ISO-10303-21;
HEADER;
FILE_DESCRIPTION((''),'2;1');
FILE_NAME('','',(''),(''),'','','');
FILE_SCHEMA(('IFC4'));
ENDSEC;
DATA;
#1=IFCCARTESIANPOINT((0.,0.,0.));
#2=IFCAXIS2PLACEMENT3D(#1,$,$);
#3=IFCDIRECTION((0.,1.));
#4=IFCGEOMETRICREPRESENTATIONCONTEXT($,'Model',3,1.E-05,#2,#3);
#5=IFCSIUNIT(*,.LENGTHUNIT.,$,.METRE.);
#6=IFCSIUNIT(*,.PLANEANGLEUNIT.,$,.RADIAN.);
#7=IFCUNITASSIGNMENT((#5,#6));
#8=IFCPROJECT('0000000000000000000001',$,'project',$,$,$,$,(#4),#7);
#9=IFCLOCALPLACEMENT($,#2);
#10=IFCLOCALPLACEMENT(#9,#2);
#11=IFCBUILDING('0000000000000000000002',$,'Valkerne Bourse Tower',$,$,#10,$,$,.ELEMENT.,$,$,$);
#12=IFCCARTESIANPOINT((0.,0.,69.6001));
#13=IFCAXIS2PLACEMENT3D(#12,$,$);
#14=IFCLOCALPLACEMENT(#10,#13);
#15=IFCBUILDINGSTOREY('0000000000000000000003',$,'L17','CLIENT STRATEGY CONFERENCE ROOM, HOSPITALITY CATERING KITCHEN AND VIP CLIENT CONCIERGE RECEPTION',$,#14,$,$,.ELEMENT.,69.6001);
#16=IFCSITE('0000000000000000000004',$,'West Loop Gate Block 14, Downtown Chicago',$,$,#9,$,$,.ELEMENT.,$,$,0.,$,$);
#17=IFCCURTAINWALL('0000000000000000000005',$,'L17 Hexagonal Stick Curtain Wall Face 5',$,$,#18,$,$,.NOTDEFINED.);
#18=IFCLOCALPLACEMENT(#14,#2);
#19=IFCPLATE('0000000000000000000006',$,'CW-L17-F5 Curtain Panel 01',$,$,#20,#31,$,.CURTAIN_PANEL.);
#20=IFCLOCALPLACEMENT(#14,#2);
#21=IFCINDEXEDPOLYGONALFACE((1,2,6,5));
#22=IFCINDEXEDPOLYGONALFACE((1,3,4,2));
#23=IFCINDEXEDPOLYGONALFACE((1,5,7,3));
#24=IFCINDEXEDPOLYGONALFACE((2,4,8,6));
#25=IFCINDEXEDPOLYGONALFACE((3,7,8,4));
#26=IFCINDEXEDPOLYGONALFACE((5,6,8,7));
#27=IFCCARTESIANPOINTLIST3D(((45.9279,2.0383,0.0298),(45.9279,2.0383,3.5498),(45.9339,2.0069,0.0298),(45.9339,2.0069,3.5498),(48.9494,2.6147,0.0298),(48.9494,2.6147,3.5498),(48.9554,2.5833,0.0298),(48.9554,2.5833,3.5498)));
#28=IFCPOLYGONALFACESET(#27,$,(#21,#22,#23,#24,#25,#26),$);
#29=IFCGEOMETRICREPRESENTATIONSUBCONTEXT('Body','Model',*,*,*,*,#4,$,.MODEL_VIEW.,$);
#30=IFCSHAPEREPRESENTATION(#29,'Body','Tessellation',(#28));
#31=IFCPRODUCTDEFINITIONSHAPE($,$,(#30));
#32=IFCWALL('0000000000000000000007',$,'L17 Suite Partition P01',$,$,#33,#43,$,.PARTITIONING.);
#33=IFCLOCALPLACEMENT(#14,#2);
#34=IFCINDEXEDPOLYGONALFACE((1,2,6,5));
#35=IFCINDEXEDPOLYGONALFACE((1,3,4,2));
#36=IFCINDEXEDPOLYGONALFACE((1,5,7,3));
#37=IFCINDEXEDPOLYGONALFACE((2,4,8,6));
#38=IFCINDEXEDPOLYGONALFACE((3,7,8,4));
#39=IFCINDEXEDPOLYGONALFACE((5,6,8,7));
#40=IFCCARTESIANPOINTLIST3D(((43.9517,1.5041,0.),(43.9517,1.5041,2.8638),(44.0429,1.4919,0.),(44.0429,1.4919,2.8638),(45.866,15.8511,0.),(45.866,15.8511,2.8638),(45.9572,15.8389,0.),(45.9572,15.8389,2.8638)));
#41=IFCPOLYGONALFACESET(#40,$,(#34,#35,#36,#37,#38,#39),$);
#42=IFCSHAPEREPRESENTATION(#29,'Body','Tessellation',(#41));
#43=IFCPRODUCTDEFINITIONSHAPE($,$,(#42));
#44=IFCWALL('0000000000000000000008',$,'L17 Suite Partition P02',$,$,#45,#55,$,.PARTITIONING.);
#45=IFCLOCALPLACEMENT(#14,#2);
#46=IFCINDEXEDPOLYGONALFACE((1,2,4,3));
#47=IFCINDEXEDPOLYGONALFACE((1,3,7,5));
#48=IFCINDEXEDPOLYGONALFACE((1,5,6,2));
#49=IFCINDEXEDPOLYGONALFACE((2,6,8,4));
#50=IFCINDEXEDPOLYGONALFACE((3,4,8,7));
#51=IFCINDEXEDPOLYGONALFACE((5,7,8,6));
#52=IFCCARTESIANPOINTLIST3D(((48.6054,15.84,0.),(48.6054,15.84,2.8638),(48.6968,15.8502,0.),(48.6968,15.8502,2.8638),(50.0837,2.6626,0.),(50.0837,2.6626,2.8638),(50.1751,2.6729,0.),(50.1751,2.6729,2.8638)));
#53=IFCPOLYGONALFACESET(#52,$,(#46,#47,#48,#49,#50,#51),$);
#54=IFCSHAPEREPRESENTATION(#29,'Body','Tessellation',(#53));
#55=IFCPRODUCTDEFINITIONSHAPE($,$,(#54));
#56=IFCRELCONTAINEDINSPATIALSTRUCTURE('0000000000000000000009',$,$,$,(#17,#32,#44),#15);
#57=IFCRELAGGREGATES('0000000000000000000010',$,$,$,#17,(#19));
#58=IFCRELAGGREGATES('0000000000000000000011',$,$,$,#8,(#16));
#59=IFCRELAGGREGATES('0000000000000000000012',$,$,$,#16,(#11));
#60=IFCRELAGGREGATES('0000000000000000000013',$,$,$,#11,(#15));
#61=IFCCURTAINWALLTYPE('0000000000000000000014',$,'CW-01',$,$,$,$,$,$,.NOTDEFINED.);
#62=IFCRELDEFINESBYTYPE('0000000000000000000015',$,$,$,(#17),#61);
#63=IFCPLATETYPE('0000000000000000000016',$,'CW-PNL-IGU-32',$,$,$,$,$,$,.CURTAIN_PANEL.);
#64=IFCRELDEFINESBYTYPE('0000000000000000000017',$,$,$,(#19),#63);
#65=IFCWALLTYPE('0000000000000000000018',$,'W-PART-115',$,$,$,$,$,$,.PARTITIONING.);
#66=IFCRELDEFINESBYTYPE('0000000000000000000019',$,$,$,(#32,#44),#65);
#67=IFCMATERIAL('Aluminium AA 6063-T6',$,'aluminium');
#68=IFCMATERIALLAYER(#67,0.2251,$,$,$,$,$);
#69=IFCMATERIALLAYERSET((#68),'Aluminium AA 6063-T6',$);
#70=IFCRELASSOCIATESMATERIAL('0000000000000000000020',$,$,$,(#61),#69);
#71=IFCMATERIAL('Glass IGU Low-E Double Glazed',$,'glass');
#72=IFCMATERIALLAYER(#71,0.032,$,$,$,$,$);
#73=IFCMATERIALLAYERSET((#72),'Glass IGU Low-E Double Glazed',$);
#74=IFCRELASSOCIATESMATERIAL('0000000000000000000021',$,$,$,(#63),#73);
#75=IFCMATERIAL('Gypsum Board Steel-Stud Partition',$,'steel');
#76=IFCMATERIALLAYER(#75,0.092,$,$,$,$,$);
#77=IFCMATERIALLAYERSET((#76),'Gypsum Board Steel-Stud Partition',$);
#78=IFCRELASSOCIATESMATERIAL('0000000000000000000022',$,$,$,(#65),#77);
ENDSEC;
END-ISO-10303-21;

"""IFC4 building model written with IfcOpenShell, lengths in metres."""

from ifc_helpers import new_model, si_unit, direction, frame, frame_2d, origin, origin_2d, place, context, subcontext, project, spatial, rectangle, extrude, material, layer, layer_set, type_object, element, aggregate, save


model = new_model("IFC4")

# Units and contexts
model_context = context("Model", 3, precision=1e-05, world=origin(), true_north=direction((0.0, 1.0)))
body_context = subcontext(model_context, "Body", "Model", "MODEL_VIEW")
ifc_project = project(units=[si_unit("LENGTHUNIT", "METRE"), si_unit("PLANEANGLEUNIT", "RADIAN")], contexts=[model_context])

# Site, building, storey
site_placement = place(None, origin())
site = spatial("IfcSite", under=ifc_project, at=site_placement, Name="West Loop Gate Block 14, Downtown Chicago", CompositionType="ELEMENT", RefElevation=0.0)
building_placement = place(site_placement, origin())
building = spatial("IfcBuilding", under=site, at=building_placement, Name="Valkerne Bourse Tower", CompositionType="ELEMENT")
storey_placement = place(building_placement, frame((0.0, 0.0, 69.6001)))
storey = spatial("IfcBuildingStorey", under=building, at=storey_placement, Name="L17", Description="CLIENT STRATEGY CONFERENCE ROOM, HOSPITALITY CATERING KITCHEN AND VIP CLIENT CONCIERGE RECEPTION", CompositionType="ELEMENT", Elevation=69.6001)

# Curtain wall
ifc_material_1 = material(Name="Aluminium AA 6063-T6", Category="aluminium")
ifc_layer_1 = layer(ifc_material_1, 0.2251)
ifc_layer_set_1 = layer_set([ifc_layer_1], Name="Aluminium AA 6063-T6")
curtain_wall_type = type_object("IfcCurtainWallType", Name="CW-01", PredefinedType="NOTDEFINED", material=ifc_layer_set_1)
curtain_wall_placement = place(storey_placement, origin())
curtain_wall = element("IfcCurtainWall", 1, at=curtain_wall_placement, inside=storey, type_object=curtain_wall_type, Name="L17 Hexagonal Stick Curtain Wall Face 5", PredefinedType="NOTDEFINED")

# Plate
ifc_material_2 = material(Name="Glass IGU Low-E Double Glazed", Category="glass")
ifc_layer_2 = layer(ifc_material_2, 0.032)
ifc_layer_set_2 = layer_set([ifc_layer_2], Name="Glass IGU Low-E Double Glazed")
plate_type = type_object("IfcPlateType", Name="CW-PNL-IGU-32", PredefinedType="CURTAIN_PANEL", material=ifc_layer_set_2)
plate_1_placement = place(storey_placement, frame((47.4417, 2.3108, 0.0298), z_axis=(0.0, 0.0, 1.0), x_axis=(0.982286, 0.187388, 0.0)))
plate_1 = element("IfcPlate", 2, at=plate_1_placement, type_object=plate_type, Name="CW-L17-F5 Curtain Panel 01", PredefinedType="CURTAIN_PANEL", context=body_context, shape_type="SweptSolid", body=[
    extrude(rectangle(XDim=3.0759, YDim=0.032, at=origin_2d()), origin(), (0.0, 0.0, 1.0), 3.52),
])
aggregate(curtain_wall, [plate_1])

# Walls
ifc_material_3 = material(Name="Gypsum Board Steel-Stud Partition", Category="steel")
ifc_layer_3 = layer(ifc_material_3, 0.092)
ifc_layer_set_3 = layer_set([ifc_layer_3], Name="Gypsum Board Steel-Stud Partition")
wall_type = type_object("IfcWallType", Name="W-PART-115", PredefinedType="PARTITIONING", material=ifc_layer_set_3)
wall_1_placement = place(storey_placement, frame((45.9116, 15.845, 0.0), z_axis=(0.0, 0.0, 1.0), x_axis=(-0.132258, -0.991215, 0.0)))
element("IfcWall", 3, at=wall_1_placement, inside=storey, type_object=wall_type, Name="L17 Suite Partition P01", PredefinedType="PARTITIONING", context=body_context, shape_type="SweptSolid", body=[
    extrude(rectangle(XDim=14.4741, YDim=0.092, at=frame_2d((7.2371, 0.0))), origin(), (0.0, 0.0, 1.0), 2.8638),
])
wall_2_placement = place(storey_placement, frame((48.6511, 15.845, 0.0), z_axis=(0.0, 0.0, 1.0), x_axis=(0.111484, -0.993766, 0.0)))
element("IfcWall", 4, at=wall_2_placement, inside=storey, type_object=wall_type, Name="L17 Suite Partition P02", PredefinedType="PARTITIONING", context=body_context, shape_type="SweptSolid", body=[
    extrude(rectangle(XDim=13.26, YDim=0.092, at=frame_2d((6.6299, 0.0))), origin(), (0.0, 0.0, 1.0), 2.8638),
])

save(model, "model.ifc")
